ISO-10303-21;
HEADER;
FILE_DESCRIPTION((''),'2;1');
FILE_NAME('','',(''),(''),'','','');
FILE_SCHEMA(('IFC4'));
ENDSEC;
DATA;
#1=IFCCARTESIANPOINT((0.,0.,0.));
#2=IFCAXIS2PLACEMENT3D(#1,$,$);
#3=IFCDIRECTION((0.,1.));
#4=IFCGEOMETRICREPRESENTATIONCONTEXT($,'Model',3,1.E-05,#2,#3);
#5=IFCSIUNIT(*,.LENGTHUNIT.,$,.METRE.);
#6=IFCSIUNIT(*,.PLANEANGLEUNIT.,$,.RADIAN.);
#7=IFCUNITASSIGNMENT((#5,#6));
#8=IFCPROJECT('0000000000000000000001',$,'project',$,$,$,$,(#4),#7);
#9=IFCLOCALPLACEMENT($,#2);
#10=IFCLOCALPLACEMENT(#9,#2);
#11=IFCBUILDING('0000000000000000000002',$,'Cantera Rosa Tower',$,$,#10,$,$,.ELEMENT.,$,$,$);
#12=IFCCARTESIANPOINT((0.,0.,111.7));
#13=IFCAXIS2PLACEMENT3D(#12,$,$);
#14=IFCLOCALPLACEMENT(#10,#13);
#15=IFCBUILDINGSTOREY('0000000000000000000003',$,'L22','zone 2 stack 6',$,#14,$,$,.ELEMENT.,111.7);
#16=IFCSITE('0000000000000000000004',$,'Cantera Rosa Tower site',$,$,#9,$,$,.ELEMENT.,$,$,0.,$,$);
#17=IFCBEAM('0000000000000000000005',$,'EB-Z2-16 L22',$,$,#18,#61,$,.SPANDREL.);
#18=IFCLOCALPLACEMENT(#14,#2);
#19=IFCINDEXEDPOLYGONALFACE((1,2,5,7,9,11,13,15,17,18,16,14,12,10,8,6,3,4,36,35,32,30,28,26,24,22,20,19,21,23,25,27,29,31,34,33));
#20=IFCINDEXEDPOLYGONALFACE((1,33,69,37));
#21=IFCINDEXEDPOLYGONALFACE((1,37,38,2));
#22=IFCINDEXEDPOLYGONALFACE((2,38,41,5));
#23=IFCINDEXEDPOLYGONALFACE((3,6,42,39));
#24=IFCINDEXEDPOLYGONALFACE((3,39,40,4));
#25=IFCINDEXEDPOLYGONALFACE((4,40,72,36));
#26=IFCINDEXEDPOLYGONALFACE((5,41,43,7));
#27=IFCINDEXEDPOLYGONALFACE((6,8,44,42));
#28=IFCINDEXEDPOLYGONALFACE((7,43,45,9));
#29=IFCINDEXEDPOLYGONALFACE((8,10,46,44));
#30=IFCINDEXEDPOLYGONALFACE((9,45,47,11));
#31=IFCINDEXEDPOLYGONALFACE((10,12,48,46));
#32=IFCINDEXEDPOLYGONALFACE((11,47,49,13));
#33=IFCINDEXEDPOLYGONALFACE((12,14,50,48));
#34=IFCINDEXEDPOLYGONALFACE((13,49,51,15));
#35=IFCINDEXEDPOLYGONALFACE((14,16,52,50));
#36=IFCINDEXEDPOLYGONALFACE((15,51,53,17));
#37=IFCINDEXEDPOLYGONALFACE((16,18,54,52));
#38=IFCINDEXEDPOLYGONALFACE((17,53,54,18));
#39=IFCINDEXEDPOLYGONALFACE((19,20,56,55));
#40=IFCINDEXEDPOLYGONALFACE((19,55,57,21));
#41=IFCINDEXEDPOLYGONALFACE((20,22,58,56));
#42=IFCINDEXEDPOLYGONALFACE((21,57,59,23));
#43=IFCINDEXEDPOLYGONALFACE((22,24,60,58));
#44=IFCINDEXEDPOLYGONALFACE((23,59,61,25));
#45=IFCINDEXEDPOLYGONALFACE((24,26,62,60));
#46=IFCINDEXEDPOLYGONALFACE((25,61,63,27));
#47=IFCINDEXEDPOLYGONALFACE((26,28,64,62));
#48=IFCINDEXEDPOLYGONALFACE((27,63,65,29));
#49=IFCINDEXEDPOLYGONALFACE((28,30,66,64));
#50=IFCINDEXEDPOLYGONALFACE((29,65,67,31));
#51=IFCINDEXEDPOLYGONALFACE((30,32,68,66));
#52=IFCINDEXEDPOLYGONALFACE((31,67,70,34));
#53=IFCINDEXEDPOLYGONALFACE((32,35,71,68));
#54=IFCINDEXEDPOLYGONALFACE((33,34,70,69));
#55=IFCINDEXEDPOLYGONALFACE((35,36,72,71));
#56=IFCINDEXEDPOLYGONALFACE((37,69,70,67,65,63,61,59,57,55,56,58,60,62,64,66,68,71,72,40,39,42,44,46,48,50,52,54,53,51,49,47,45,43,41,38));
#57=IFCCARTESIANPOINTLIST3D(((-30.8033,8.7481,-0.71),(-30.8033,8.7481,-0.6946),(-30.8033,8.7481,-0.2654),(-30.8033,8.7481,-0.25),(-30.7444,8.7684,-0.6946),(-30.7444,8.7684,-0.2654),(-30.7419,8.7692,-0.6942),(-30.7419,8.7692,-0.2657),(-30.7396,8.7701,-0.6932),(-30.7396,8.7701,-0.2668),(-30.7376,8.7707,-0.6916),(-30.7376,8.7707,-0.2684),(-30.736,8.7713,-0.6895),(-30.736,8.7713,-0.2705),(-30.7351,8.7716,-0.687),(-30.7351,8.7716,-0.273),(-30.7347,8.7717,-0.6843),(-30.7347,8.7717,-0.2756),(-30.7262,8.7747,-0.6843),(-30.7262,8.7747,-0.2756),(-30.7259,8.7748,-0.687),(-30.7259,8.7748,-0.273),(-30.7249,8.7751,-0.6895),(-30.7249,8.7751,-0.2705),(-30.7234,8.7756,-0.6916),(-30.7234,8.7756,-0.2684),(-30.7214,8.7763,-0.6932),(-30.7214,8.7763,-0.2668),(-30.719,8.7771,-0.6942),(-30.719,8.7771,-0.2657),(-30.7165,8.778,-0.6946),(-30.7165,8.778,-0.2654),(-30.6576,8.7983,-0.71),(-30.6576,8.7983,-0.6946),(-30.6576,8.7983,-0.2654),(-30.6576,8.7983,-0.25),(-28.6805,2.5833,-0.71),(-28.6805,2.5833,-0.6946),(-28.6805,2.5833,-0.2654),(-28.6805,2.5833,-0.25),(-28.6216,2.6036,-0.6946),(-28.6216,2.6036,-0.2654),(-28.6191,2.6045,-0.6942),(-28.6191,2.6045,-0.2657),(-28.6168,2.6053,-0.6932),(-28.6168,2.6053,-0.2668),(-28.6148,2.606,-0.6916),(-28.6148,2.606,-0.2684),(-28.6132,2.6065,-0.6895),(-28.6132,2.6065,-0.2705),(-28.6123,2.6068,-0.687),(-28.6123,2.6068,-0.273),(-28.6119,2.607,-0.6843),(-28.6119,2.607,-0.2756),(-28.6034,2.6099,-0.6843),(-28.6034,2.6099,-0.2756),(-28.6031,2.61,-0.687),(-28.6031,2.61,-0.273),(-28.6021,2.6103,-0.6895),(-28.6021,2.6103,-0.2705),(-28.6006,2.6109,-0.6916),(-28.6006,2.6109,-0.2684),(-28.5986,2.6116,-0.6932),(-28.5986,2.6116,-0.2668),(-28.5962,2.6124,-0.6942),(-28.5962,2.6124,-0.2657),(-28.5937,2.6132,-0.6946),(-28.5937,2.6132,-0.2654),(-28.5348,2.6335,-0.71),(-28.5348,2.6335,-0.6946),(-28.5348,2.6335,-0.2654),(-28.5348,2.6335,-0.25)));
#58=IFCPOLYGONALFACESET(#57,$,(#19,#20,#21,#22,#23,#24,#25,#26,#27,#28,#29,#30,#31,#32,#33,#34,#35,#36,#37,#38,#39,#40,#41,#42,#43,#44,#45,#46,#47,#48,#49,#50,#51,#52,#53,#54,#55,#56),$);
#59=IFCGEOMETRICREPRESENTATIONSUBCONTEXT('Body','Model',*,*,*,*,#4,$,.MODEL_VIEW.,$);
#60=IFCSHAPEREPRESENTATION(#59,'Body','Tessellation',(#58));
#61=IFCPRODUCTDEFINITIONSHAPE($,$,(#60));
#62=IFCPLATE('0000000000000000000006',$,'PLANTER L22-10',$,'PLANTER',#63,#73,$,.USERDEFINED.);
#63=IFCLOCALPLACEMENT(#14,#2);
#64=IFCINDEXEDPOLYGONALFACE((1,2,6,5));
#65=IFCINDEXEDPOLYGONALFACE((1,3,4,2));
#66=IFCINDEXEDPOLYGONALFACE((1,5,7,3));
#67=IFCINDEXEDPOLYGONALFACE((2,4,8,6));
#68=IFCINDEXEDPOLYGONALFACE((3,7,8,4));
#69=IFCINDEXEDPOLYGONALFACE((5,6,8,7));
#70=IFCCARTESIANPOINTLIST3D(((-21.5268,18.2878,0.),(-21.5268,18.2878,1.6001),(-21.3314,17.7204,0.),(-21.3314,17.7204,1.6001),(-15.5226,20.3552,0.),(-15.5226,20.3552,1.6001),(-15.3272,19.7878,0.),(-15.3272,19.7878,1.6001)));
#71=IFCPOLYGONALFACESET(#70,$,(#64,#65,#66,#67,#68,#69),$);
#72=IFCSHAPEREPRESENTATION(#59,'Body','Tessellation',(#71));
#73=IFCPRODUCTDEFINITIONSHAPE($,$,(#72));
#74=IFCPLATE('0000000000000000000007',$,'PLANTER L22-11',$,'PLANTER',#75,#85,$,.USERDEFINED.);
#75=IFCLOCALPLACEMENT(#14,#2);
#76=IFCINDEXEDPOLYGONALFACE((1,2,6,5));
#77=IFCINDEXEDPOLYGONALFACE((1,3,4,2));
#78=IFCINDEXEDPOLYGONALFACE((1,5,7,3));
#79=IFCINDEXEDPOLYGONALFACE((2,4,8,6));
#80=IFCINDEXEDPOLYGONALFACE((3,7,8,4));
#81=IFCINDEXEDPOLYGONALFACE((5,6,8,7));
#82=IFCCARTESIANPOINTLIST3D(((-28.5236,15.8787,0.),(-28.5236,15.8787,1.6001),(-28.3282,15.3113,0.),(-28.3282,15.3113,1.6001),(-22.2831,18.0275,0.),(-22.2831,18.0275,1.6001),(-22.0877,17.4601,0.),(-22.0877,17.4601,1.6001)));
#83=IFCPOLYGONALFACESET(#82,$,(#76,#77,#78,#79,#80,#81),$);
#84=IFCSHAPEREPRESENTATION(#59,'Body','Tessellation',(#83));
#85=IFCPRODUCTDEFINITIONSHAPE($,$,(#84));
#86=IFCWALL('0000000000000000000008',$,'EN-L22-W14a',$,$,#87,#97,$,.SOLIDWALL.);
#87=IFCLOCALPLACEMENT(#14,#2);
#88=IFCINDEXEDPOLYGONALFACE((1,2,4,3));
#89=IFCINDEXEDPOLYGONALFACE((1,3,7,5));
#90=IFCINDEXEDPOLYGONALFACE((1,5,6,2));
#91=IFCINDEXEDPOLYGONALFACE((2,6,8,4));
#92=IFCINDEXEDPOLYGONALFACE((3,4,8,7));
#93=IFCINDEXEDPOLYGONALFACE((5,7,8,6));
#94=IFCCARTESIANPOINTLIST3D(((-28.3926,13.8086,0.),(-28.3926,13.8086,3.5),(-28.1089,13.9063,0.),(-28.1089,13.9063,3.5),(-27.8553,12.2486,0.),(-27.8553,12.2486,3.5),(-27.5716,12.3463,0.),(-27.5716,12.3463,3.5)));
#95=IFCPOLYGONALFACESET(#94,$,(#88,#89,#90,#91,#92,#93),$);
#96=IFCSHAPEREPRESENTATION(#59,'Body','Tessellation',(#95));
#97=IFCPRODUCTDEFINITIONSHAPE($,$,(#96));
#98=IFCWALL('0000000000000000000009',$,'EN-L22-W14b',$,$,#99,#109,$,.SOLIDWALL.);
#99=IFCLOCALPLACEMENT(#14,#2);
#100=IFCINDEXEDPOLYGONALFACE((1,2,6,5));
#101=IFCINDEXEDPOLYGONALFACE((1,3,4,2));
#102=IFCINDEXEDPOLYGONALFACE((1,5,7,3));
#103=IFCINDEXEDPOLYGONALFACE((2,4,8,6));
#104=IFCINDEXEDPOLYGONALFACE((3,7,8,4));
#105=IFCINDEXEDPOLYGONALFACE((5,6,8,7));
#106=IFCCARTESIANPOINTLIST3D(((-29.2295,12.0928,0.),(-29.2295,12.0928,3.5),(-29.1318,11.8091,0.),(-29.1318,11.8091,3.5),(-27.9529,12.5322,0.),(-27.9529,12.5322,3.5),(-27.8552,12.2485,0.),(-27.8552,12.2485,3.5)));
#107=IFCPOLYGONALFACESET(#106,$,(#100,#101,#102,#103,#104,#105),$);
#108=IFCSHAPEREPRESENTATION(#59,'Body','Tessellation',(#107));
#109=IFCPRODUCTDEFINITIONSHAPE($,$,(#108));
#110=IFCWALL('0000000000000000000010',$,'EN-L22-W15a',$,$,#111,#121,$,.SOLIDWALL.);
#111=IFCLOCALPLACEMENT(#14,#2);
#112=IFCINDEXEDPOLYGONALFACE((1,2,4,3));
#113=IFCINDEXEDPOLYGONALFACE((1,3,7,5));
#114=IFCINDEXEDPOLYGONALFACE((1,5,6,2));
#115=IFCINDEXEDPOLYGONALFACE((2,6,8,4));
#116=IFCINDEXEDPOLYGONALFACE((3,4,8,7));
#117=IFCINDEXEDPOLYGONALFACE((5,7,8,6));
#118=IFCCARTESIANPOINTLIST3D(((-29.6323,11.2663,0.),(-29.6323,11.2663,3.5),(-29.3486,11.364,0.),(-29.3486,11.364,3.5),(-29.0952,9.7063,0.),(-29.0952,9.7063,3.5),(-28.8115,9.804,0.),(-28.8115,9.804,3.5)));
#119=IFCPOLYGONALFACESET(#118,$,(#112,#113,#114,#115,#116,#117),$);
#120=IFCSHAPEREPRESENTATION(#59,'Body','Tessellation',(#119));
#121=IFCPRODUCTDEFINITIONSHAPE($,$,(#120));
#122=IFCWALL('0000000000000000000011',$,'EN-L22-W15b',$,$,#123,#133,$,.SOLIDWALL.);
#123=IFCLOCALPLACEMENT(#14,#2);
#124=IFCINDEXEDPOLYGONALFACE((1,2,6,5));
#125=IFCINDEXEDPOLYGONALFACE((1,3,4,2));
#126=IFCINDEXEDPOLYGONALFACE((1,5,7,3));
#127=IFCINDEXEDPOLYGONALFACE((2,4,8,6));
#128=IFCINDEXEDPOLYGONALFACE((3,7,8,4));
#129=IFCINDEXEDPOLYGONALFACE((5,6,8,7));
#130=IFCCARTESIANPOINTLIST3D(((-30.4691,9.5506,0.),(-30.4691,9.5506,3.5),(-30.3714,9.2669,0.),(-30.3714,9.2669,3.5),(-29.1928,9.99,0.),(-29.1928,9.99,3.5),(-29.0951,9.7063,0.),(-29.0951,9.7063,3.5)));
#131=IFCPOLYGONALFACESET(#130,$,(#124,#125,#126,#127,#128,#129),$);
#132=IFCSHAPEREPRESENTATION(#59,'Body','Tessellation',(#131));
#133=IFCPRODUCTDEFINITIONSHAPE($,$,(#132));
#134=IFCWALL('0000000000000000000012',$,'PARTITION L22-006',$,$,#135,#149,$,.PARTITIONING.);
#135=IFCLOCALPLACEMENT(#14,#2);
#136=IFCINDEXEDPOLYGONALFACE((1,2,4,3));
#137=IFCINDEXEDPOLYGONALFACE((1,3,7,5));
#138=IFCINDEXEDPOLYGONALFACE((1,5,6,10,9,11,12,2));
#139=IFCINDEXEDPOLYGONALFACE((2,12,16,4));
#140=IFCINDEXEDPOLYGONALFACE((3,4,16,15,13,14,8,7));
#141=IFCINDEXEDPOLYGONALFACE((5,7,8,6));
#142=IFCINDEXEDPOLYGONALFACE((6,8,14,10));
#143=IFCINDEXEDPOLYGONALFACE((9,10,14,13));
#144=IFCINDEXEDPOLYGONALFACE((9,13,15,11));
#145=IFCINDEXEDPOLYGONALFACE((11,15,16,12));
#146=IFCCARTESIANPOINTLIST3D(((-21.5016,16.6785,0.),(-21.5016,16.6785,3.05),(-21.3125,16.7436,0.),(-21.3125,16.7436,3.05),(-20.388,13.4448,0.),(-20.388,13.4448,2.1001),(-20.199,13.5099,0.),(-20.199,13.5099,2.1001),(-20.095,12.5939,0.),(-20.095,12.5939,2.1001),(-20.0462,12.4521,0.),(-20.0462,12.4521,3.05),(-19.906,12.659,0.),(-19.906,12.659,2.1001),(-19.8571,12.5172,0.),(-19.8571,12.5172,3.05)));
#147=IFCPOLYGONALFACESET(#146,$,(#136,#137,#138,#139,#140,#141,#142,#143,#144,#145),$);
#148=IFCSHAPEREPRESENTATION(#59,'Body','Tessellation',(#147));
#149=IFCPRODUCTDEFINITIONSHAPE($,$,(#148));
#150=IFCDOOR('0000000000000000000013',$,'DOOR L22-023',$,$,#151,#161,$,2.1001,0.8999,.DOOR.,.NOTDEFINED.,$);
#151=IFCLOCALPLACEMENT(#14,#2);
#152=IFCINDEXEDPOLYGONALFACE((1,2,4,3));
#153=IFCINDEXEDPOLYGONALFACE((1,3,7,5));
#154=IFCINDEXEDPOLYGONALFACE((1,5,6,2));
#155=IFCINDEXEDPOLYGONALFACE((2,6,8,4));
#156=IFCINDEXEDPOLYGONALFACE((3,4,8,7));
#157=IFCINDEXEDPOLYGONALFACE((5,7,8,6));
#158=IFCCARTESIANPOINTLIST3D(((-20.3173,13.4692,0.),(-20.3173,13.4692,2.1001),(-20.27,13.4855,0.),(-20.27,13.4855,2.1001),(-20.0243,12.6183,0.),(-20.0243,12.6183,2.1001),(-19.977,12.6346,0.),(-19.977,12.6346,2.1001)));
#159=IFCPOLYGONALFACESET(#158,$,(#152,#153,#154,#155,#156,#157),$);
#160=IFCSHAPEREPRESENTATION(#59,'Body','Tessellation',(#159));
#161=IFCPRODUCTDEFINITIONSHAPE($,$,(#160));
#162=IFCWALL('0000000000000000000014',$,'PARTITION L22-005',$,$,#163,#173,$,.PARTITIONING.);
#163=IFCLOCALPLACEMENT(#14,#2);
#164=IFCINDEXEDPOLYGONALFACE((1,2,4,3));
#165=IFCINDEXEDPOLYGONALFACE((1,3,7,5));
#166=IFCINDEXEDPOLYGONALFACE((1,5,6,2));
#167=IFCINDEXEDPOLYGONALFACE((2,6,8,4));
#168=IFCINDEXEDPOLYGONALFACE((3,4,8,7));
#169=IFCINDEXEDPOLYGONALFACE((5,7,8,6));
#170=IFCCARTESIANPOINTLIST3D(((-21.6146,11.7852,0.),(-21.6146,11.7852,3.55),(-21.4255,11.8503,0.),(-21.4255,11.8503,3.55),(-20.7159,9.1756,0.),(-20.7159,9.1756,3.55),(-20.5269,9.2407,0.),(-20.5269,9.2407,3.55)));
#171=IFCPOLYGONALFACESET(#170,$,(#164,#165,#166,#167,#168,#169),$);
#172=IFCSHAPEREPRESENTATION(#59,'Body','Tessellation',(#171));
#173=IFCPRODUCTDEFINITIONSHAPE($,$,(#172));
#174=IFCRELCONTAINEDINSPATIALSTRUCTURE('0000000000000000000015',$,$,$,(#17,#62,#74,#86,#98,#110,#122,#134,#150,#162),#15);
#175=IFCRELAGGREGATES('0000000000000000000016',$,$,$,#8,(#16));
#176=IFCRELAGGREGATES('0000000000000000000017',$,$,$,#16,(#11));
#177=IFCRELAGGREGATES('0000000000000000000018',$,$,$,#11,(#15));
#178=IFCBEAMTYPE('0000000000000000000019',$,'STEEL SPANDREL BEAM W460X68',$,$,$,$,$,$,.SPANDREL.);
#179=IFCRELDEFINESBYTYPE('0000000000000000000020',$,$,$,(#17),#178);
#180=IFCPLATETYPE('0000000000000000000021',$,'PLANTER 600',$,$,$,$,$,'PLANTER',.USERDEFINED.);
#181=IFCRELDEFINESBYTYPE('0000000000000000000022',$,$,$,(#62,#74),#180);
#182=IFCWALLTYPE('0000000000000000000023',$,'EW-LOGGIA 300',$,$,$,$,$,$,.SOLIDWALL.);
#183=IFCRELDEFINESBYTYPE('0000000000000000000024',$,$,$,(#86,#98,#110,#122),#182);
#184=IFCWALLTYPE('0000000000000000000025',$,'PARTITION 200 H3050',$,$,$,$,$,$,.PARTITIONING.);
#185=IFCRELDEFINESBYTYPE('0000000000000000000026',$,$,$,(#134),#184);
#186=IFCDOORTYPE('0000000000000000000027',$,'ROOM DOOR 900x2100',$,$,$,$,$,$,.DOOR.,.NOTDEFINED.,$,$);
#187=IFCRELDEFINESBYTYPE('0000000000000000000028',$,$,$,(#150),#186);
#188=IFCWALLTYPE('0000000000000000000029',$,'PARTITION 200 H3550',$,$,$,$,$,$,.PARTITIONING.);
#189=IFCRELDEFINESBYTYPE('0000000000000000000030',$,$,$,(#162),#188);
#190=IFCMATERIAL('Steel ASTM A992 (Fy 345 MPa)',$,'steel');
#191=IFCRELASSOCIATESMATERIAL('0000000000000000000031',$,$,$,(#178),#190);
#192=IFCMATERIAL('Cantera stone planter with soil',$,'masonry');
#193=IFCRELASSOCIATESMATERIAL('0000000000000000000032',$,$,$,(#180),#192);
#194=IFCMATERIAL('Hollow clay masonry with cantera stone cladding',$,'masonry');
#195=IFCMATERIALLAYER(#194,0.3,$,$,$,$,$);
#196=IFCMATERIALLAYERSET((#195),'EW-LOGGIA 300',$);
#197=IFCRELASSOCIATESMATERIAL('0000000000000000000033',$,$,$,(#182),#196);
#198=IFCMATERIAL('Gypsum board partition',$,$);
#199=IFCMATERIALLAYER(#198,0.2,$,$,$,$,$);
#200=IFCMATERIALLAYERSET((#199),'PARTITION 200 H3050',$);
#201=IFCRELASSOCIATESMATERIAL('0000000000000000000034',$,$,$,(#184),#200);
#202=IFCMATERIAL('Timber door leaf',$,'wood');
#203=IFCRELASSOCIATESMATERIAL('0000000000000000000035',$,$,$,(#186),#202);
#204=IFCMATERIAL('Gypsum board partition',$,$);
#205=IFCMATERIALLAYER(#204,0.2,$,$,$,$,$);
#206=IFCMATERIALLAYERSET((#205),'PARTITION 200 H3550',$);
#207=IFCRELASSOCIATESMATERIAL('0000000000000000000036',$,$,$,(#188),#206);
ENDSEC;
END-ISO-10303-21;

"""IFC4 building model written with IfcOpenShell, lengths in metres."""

from ifc_helpers import new_model, si_unit, direction, frame, frame_2d, origin, origin_2d, place, context, subcontext, project, spatial, rectangle, i_section, extrude, material, layer, layer_set, material_profile, profile_set, type_object, element, fill, save


model = new_model("IFC4")

# Units and contexts
model_context = context("Model", 3, precision=1e-05, world=origin(), true_north=direction((0.0, 1.0)))
body_context = subcontext(model_context, "Body", "Model", "MODEL_VIEW")
ifc_project = project(units=[si_unit("LENGTHUNIT", "METRE"), si_unit("PLANEANGLEUNIT", "RADIAN")], contexts=[model_context])

# Site, building, storey
site_placement = place(None, origin())
site = spatial("IfcSite", under=ifc_project, at=site_placement, Name="Cantera Rosa Tower site", CompositionType="ELEMENT", RefElevation=0.0)
building_placement = place(site_placement, origin())
building = spatial("IfcBuilding", under=site, at=building_placement, Name="Cantera Rosa Tower", CompositionType="ELEMENT")
storey_placement = place(building_placement, frame((0.0, 0.0, 111.7)))
storey = spatial("IfcBuildingStorey", under=building, at=storey_placement, Name="L22", Description="zone 2 stack 6", CompositionType="ELEMENT", Elevation=111.7)

# Beam
ifc_material_1 = material(Name="Steel ASTM A992 (Fy 345 MPa)", Category="steel")
ifc_material_profile_1 = material_profile(ifc_material_1, i_section(OverallWidth=0.1541, OverallDepth=0.46, WebThickness=0.009, FlangeThickness=0.0154, FilletRadius=0.0103, at=origin_2d()), Name="W460X68")
ifc_profile_set_1 = profile_set([ifc_material_profile_1], Name="Steel ASTM A992 (Fy 345 MPa)")
beam_type_1 = type_object("IfcBeamType", Name="STEEL SPANDREL BEAM W460X68", PredefinedType="SPANDREL", material=ifc_profile_set_1)
beam_1_placement = place(storey_placement, frame((-30.7305, 8.7732, -0.48), z_axis=(0.325581, -0.945514, 0.0), x_axis=(0.945514, 0.325581, 0.0)))
element("IfcBeam", 1, at=beam_1_placement, inside=storey, type_object=beam_type_1, Name="EB-Z2-16 L22", PredefinedType="SPANDREL", context=body_context, shape_type="SweptSolid", body=[
    extrude(i_section(OverallWidth=0.1541, OverallDepth=0.46, WebThickness=0.009, FlangeThickness=0.0154, FilletRadius=0.0103, at=origin_2d()), origin(), (0.0, 0.0, 1.0), 6.52),
])

# Plates
ifc_material_2 = material(Name="Cantera stone planter with soil", Category="masonry")
plate_type = type_object("IfcPlateType", Name="PLANTER 600", ElementType="PLANTER", PredefinedType="USERDEFINED", material=ifc_material_2)
plate_1_placement = place(storey_placement, frame((-18.427, 19.0378, 0.0), z_axis=(0.0, 0.0, 1.0), x_axis=(-0.945519, -0.325568, 0.0)))
element("IfcPlate", 2, at=plate_1_placement, inside=storey, type_object=plate_type, Name="PLANTER L22-10", ObjectType="PLANTER", PredefinedType="USERDEFINED", context=body_context, shape_type="SweptSolid", body=[
    extrude(rectangle(XDim=6.3501, YDim=0.6001, at=origin_2d()), origin(), (0.0, 0.0, 1.0), 1.6001),
])
plate_2_placement = place(storey_placement, frame((-25.3057, 16.6694, 0.0), z_axis=(0.0, 0.0, 1.0), x_axis=(-0.945519, -0.325568, 0.0)))
element("IfcPlate", 3, at=plate_2_placement, inside=storey, type_object=plate_type, Name="PLANTER L22-11", ObjectType="PLANTER", PredefinedType="USERDEFINED", context=body_context, shape_type="SweptSolid", body=[
    extrude(rectangle(XDim=6.6001, YDim=0.6001, at=origin_2d()), origin(), (0.0, 0.0, 1.0), 1.6001),
])

# Walls
ifc_material_3 = material(Name="Hollow clay masonry with cantera stone cladding", Category="masonry")
ifc_layer_1 = layer(ifc_material_3, 0.3)
ifc_layer_set_1 = layer_set([ifc_layer_1], Name="EW-LOGGIA 300")
wall_type_1 = type_object("IfcWallType", Name="EW-LOGGIA 300", PredefinedType="SOLIDWALL", material=ifc_layer_set_1)
wall_1_placement = place(storey_placement, frame((-28.2507, 13.8574, 0.0), z_axis=(0.0, 0.0, 1.0), x_axis=(0.325667, -0.945485, 0.0)))
element("IfcWall", 4, at=wall_1_placement, inside=storey, type_object=wall_type_1, Name="EN-L22-W14a", PredefinedType="SOLIDWALL", context=body_context, shape_type="SweptSolid", body=[
    extrude(rectangle(XDim=1.6499, YDim=0.3, at=frame_2d((0.825, 0.0))), origin(), (0.0, 0.0, 1.0), 3.5),
])
wall_2_placement = place(storey_placement, frame((-27.9041, 12.3904, 0.0), z_axis=(0.0, 0.0, 1.0), x_axis=(-0.945546, -0.325489, 0.0)))
element("IfcWall", 5, at=wall_2_placement, inside=storey, type_object=wall_type_1, Name="EN-L22-W14b", PredefinedType="SOLIDWALL", context=body_context, shape_type="SweptSolid", body=[
    extrude(rectangle(XDim=1.3501, YDim=0.3, at=frame_2d((0.675, 0.0))), origin(), (0.0, 0.0, 1.0), 3.5),
])
wall_3_placement = place(storey_placement, frame((-29.4905, 11.3152, 0.0), z_axis=(0.0, 0.0, 1.0), x_axis=(0.325535, -0.94553, 0.0)))
element("IfcWall", 6, at=wall_3_placement, inside=storey, type_object=wall_type_1, Name="EN-L22-W15a", PredefinedType="SOLIDWALL", context=body_context, shape_type="SweptSolid", body=[
    extrude(rectangle(XDim=1.6499, YDim=0.3, at=frame_2d((0.825, 0.0))), origin(), (0.0, 0.0, 1.0), 3.5),
])
wall_4_placement = place(storey_placement, frame((-29.144, 9.8481, 0.0), z_axis=(0.0, 0.0, 1.0), x_axis=(-0.945527, -0.325545, 0.0)))
element("IfcWall", 7, at=wall_4_placement, inside=storey, type_object=wall_type_1, Name="EN-L22-W15b", PredefinedType="SOLIDWALL", context=body_context, shape_type="SweptSolid", body=[
    extrude(rectangle(XDim=1.3499, YDim=0.3, at=frame_2d((0.6748, 0.0))), origin(), (0.0, 0.0, 1.0), 3.5),
])

# Wall, opening, door
ifc_material_4 = material(Name="Gypsum board partition")
ifc_layer_2 = layer(ifc_material_4, 0.2)
ifc_layer_set_2 = layer_set([ifc_layer_2], Name="PARTITION 200 H3050")
wall_type_2 = type_object("IfcWallType", Name="PARTITION 200 H3050", PredefinedType="PARTITIONING", material=ifc_layer_set_2)
wall_5_placement = place(storey_placement, frame((-21.407, 16.7109, 0.0), z_axis=(0.0, 0.0, 1.0), x_axis=(0.325585, -0.945513, 0.0)))
wall_5 = element("IfcWall", 8, at=wall_5_placement, inside=storey, type_object=wall_type_2, Name="PARTITION L22-006", PredefinedType="PARTITIONING", context=body_context, shape_type="SweptSolid", body=[
    extrude(rectangle(XDim=4.47, YDim=0.2, at=frame_2d((2.2349, 0.0))), origin(), (0.0, 0.0, 1.0), 3.05),
])
opening_1_placement = place(wall_5_placement, frame((3.4199, 0.0, 0.0)))
opening_1 = element("IfcOpeningElement", 9, at=opening_1_placement, cuts=wall_5, PredefinedType="OPENING", context=body_context, shape_type="SweptSolid", body=[
    extrude(rectangle(XDim=0.8999, YDim=2.1001, at=frame_2d((0.45, 1.05))), frame((0.0, 0.1099, 0.0), z_axis=(0.0, -1.0, 0.0), x_axis=(1.0, 0.0, 0.0)), (0.0, 0.0, 1.0), 0.22),
])
ifc_material_5 = material(Name="Timber door leaf", Category="wood")
door_type_1 = type_object("IfcDoorType", Name="ROOM DOOR 900x2100", OperationType="NOTDEFINED", PredefinedType="DOOR", material=ifc_material_5)
door_1_placement = place(opening_1_placement, origin())
door_1 = element("IfcDoor", 10, at=door_1_placement, inside=storey, type_object=door_type_1, Name="DOOR L22-023", OperationType="NOTDEFINED", OverallHeight=2.1001, OverallWidth=0.8999, PredefinedType="DOOR", context=body_context, shape_type="SweptSolid", body=[
    extrude(rectangle(XDim=0.8999, YDim=2.1001, at=frame_2d((0.45, 1.05))), frame((0.0, 0.0249, 0.0), z_axis=(0.0, -1.0, 0.0), x_axis=(1.0, 0.0, 0.0)), (0.0, 0.0, 1.0), 0.05),
])
fill(opening_1, door_1)

# Wall
ifc_material_6 = material(Name="Gypsum board partition")
ifc_layer_3 = layer(ifc_material_6, 0.2)
ifc_layer_set_3 = layer_set([ifc_layer_3], Name="PARTITION 200 H3550")
wall_type_3 = type_object("IfcWallType", Name="PARTITION 200 H3550", PredefinedType="PARTITIONING", material=ifc_layer_set_3)
wall_6_placement = place(storey_placement, frame((-21.52, 11.8176, 0.0), z_axis=(0.0, 0.0, 1.0), x_axis=(0.325606, -0.945505, 0.0)))
element("IfcWall", 11, at=wall_6_placement, inside=storey, type_object=wall_type_3, Name="PARTITION L22-005", PredefinedType="PARTITIONING", context=body_context, shape_type="SweptSolid", body=[
    extrude(rectangle(XDim=2.76, YDim=0.2, at=frame_2d((1.3799, 0.0))), origin(), (0.0, 0.0, 1.0), 3.55),
])

save(model, "model.ifc")
